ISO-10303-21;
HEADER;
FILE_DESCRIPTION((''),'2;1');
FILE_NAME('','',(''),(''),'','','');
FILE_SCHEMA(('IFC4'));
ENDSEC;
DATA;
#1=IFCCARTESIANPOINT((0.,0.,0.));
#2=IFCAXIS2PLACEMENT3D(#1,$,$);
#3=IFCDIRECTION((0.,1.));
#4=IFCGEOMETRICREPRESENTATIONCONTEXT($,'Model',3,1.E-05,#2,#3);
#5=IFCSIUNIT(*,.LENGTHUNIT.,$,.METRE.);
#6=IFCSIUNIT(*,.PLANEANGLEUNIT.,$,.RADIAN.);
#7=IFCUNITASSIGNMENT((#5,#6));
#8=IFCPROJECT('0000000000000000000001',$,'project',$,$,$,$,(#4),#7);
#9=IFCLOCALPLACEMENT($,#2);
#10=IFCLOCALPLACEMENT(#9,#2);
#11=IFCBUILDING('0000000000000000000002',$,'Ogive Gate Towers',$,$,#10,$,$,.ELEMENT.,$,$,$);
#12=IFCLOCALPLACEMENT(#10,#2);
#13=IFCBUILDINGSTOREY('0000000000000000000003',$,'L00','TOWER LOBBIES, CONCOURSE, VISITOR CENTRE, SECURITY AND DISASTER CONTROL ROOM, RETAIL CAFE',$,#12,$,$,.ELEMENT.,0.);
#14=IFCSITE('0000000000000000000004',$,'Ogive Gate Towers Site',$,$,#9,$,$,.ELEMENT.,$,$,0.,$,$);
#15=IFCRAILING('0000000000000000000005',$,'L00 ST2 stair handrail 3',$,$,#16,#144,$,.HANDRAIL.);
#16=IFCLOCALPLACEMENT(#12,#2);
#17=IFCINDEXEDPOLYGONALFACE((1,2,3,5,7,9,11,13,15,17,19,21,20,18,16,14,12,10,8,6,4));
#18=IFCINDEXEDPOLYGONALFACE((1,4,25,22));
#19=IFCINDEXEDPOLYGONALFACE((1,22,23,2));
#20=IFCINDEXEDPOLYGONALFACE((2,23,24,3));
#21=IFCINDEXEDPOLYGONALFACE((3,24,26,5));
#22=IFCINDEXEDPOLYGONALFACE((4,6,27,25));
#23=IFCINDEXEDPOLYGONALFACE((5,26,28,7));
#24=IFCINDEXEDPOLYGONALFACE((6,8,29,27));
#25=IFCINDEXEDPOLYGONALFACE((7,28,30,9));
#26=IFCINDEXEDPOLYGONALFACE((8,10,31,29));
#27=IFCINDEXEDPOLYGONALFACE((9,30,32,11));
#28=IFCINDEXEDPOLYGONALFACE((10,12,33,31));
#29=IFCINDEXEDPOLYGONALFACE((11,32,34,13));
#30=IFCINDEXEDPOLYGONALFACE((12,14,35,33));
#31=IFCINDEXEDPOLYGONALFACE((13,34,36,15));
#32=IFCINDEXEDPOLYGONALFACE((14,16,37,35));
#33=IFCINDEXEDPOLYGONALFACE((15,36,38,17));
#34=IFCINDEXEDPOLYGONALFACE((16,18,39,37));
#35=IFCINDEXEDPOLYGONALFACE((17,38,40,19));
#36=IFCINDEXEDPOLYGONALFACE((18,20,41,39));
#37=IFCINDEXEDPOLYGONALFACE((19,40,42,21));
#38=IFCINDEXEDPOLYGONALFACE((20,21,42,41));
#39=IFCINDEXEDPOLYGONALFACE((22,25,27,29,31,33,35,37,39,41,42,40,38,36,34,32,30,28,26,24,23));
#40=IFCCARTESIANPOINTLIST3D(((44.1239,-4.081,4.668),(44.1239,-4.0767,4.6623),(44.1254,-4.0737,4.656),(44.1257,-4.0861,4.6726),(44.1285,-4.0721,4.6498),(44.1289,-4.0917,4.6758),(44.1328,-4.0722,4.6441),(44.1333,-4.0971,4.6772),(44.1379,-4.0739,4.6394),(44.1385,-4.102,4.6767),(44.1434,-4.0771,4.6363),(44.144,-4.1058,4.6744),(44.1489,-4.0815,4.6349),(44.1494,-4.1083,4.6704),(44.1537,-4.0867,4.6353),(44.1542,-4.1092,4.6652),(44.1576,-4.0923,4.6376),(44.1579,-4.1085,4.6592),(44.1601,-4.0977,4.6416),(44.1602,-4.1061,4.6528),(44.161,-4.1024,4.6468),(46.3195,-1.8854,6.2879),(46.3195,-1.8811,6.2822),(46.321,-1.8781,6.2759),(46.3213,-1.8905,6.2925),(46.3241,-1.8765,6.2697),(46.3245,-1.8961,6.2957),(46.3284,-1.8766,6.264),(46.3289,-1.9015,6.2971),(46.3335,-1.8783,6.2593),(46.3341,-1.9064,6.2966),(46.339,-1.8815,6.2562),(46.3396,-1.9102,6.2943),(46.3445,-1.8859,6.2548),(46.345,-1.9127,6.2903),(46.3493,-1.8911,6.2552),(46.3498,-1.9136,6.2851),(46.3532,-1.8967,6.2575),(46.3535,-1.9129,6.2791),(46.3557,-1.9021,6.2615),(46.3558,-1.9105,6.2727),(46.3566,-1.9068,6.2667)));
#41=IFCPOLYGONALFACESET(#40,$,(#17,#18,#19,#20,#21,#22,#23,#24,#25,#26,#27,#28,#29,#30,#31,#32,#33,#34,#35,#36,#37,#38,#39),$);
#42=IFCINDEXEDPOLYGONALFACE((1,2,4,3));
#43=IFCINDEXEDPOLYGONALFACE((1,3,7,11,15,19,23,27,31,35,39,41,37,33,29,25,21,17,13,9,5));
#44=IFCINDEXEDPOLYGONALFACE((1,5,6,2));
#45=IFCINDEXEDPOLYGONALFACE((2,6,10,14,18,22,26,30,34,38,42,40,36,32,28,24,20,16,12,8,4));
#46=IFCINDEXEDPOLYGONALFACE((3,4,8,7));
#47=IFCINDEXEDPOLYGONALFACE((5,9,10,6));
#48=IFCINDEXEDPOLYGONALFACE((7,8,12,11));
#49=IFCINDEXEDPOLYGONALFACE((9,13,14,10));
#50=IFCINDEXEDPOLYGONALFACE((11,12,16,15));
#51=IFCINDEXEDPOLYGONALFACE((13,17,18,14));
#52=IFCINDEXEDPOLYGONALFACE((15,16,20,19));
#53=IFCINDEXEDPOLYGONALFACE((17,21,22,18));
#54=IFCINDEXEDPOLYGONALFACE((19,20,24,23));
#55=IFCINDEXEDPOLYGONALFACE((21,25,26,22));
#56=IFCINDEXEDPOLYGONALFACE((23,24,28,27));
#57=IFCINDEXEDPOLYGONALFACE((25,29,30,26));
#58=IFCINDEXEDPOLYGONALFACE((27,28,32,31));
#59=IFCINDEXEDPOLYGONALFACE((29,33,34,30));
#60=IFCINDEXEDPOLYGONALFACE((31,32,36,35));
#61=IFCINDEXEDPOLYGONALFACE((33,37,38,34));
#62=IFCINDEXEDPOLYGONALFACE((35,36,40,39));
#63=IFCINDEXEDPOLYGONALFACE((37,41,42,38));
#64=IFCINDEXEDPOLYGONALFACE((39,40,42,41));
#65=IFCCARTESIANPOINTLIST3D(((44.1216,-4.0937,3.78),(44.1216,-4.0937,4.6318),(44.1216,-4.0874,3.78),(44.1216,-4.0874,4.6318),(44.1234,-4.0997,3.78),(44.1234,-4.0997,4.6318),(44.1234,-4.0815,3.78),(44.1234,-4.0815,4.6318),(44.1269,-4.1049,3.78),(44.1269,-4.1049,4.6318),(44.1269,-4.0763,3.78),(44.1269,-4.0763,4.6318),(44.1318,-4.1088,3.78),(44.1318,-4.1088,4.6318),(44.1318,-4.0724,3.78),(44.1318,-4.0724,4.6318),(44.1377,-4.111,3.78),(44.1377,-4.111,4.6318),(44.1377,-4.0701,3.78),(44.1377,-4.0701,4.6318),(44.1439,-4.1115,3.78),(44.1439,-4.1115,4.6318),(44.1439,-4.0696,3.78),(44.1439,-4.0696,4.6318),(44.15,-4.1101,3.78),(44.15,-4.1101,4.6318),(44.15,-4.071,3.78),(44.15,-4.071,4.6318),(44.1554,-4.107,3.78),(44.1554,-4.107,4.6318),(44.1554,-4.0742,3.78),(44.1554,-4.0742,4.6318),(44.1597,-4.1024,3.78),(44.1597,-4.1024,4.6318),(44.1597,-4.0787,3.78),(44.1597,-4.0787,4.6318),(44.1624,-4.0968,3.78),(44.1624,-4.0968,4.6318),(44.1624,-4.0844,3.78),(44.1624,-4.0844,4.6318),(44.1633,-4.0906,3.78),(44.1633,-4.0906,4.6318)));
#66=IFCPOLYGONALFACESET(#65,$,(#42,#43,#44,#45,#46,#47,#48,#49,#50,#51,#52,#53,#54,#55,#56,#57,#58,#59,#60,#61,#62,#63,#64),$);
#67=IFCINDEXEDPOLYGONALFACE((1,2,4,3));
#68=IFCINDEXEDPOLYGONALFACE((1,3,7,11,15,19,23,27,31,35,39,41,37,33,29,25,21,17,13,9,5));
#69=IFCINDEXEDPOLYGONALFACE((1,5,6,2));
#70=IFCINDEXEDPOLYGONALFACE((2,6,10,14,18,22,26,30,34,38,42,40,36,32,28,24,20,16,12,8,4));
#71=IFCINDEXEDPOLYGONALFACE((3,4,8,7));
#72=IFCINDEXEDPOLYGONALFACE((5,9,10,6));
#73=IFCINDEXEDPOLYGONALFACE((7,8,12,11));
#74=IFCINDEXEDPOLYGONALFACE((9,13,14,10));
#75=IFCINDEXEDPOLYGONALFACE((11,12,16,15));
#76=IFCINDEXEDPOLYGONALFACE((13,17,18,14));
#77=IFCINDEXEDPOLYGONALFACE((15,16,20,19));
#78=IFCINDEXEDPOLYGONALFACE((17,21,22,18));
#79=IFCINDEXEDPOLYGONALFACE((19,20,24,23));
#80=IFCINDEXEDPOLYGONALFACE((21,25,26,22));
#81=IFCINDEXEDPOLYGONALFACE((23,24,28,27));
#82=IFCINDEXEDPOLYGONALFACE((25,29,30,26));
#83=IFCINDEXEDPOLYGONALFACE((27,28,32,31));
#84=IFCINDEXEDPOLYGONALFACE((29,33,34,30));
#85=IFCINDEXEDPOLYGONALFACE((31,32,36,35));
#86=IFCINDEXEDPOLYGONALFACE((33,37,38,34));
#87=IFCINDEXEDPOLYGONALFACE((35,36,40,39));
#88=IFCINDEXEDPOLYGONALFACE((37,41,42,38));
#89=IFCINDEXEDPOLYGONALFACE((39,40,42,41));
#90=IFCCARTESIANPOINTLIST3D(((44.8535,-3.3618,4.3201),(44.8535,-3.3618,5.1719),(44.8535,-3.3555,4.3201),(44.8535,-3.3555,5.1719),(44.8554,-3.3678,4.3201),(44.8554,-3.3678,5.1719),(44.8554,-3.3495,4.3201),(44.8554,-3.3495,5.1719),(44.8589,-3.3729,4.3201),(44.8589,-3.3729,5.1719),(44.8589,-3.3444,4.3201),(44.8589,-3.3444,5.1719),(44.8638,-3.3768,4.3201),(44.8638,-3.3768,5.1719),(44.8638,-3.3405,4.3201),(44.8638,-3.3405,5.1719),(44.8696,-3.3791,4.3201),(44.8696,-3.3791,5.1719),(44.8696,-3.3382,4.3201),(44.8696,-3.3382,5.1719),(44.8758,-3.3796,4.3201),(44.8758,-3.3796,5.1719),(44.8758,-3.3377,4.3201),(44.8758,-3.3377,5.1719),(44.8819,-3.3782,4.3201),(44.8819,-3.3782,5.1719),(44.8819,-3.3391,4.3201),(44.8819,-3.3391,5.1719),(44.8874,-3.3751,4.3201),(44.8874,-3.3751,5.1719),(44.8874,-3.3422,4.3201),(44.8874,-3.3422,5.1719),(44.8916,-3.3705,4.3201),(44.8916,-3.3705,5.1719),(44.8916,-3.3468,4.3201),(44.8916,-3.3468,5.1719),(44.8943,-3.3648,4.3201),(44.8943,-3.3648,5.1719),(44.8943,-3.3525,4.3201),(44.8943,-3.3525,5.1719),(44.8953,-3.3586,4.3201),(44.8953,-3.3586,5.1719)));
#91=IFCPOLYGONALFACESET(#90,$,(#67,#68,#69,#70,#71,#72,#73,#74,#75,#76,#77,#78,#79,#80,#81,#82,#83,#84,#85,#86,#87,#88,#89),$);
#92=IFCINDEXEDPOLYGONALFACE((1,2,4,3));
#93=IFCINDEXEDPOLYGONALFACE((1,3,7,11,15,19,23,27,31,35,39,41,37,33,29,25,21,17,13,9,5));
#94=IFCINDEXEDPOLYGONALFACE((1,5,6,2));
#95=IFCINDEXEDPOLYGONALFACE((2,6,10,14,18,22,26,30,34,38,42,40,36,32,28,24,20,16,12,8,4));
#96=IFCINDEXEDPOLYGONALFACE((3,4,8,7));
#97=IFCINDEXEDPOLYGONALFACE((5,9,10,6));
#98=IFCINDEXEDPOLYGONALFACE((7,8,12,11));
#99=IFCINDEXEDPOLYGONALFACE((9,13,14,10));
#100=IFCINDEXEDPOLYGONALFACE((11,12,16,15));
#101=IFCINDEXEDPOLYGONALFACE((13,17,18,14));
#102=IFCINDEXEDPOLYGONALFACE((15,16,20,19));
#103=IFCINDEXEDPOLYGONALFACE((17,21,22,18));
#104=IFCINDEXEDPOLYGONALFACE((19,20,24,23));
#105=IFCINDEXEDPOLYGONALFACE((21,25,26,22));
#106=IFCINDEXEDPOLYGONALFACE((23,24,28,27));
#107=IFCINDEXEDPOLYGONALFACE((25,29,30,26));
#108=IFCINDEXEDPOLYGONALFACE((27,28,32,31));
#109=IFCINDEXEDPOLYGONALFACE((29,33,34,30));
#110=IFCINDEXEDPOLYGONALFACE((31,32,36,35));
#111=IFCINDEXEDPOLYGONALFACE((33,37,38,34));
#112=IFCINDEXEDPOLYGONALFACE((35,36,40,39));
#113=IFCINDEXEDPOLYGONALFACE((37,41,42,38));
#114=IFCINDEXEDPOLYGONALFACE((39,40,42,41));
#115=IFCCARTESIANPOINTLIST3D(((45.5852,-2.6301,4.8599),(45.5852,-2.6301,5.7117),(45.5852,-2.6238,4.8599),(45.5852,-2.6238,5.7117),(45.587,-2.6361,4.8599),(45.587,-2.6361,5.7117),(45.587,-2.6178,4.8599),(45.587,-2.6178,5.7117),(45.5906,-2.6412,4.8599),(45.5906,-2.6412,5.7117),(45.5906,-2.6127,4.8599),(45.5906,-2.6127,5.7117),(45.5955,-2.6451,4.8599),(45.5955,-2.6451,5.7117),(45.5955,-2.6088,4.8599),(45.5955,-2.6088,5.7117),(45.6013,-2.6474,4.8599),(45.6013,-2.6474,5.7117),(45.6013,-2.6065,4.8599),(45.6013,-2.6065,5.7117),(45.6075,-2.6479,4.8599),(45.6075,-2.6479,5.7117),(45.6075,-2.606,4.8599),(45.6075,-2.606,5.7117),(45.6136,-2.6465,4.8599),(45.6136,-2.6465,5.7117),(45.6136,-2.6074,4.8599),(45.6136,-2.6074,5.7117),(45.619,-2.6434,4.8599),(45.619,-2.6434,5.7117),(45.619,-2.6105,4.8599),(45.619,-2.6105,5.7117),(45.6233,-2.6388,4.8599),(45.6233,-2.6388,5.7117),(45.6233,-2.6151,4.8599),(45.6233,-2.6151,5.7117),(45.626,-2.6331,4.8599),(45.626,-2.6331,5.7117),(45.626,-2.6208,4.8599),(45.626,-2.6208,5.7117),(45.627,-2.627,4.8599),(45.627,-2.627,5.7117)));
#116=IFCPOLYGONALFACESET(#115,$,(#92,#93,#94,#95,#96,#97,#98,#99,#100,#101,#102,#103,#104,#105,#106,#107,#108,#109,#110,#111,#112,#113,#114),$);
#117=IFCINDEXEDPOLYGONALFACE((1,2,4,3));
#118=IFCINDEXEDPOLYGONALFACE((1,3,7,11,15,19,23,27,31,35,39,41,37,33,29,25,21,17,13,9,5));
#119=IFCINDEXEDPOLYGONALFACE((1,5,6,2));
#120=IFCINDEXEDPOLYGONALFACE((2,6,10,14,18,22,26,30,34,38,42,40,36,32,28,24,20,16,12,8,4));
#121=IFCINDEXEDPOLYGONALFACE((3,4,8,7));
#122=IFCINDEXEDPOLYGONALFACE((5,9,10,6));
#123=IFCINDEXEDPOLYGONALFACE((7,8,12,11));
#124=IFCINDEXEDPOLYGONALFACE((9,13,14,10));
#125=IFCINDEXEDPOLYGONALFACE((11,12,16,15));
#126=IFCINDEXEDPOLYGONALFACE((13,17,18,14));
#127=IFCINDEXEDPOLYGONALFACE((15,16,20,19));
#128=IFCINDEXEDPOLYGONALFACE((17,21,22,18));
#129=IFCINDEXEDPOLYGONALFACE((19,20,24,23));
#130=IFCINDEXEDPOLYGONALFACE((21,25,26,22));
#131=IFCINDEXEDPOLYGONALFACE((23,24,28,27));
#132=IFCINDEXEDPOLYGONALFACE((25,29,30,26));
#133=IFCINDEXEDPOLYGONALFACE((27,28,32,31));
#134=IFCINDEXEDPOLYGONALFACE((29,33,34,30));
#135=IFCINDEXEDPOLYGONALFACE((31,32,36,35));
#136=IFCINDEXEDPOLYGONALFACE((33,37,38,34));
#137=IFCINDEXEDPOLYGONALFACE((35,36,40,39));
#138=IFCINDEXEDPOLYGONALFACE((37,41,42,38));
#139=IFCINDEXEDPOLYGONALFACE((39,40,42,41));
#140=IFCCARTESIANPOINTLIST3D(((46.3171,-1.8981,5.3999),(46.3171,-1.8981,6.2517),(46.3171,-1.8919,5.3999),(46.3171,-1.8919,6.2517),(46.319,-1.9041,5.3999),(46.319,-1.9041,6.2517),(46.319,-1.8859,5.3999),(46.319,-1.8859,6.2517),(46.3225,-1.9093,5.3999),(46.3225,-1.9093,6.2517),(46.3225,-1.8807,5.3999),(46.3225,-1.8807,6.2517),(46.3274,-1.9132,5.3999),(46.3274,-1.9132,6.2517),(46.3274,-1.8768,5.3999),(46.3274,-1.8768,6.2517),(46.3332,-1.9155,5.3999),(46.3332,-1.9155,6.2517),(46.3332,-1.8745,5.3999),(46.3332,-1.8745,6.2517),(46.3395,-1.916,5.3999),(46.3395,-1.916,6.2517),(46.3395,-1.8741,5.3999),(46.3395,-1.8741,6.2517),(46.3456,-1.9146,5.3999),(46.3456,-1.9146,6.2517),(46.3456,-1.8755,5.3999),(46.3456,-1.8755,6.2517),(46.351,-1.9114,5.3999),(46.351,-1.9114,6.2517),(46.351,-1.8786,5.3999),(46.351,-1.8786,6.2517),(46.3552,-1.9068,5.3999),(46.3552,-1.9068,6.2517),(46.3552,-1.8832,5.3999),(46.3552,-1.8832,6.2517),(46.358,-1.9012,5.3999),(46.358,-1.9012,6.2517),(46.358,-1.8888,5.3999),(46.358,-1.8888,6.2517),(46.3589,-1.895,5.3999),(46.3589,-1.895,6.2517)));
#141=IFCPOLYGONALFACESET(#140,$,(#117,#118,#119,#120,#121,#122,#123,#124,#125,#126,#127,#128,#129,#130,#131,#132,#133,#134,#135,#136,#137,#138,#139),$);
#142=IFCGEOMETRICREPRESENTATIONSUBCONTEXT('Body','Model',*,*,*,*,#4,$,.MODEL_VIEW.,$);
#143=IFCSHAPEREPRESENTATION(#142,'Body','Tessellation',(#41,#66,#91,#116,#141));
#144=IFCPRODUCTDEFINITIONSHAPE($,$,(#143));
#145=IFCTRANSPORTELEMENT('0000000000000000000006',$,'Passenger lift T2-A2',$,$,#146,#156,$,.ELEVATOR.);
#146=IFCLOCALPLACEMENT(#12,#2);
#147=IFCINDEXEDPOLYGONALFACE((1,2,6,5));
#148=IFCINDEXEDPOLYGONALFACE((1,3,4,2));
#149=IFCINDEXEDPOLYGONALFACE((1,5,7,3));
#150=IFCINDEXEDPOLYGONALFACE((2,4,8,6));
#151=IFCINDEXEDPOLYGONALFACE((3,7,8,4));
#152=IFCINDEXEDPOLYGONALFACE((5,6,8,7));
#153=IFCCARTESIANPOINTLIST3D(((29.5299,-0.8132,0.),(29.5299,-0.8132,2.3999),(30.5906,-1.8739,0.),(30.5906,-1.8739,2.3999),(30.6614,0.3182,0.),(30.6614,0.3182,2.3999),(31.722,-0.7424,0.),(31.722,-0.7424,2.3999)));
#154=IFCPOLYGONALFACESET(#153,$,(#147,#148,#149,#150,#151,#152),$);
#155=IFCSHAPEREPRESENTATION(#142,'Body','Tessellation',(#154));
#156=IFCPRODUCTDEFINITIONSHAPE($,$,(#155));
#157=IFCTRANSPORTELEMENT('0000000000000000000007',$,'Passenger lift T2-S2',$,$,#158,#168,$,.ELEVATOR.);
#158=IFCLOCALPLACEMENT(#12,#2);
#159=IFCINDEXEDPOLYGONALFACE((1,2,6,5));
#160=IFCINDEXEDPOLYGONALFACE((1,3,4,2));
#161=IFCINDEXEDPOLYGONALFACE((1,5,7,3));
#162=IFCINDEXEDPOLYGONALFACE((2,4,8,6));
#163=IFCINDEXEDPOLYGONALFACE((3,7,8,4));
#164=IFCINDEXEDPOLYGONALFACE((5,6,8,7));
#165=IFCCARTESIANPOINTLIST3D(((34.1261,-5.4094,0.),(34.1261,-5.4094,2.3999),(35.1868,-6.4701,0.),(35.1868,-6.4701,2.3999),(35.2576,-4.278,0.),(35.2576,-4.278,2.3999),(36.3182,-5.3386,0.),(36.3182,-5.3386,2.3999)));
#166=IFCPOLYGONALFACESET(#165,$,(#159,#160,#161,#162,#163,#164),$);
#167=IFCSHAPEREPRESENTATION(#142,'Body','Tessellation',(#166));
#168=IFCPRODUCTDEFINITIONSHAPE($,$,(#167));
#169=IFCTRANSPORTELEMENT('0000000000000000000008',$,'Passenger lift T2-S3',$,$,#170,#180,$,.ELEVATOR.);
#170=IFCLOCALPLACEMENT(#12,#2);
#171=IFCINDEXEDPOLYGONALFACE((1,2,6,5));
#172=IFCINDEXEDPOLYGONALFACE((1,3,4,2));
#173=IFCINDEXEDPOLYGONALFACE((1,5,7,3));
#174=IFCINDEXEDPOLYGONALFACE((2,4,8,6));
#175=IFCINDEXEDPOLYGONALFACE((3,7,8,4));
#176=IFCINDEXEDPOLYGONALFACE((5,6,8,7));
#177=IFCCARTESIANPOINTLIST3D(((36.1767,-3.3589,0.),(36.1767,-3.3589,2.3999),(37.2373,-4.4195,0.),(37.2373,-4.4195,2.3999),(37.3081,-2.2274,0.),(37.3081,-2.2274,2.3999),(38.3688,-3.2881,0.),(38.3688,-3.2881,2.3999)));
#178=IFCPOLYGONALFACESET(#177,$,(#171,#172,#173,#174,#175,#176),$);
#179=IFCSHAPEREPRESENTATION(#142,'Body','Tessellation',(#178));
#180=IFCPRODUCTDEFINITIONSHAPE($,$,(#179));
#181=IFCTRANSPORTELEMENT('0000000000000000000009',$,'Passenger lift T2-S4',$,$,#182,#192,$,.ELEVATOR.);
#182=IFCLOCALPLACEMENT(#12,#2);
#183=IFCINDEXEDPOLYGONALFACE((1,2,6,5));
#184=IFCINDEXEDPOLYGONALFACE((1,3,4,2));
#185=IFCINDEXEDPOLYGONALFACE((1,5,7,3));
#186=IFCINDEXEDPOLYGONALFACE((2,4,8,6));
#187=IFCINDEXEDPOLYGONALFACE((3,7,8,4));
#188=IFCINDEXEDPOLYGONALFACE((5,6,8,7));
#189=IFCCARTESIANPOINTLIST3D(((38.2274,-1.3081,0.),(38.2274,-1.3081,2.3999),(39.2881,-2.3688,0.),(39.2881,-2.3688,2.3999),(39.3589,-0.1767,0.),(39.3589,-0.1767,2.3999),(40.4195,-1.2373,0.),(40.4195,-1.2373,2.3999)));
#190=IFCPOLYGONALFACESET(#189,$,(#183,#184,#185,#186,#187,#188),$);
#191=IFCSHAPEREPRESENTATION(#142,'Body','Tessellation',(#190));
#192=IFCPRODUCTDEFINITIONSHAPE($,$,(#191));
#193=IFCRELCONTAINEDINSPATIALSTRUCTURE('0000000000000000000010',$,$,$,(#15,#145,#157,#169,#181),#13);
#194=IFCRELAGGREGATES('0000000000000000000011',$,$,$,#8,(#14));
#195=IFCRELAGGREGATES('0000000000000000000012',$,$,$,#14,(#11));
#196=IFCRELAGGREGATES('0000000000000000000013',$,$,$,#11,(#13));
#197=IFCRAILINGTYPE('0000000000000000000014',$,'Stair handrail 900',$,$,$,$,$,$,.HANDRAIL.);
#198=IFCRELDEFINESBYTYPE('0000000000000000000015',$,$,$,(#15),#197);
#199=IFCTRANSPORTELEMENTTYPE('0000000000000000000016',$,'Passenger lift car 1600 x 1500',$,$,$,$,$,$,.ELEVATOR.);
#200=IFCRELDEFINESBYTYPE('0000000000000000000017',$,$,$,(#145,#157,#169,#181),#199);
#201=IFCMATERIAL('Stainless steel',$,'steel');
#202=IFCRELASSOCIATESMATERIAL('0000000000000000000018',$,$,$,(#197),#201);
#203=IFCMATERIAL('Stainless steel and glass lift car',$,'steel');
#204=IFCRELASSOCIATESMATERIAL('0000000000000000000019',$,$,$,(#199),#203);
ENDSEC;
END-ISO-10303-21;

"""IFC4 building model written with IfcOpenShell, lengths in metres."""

from ifc_helpers import new_model, si_unit, direction, frame, origin, origin_2d, place, context, subcontext, project, spatial, rectangle, circle, extrude, material, type_object, element, save


model = new_model("IFC4")

# Units and contexts
model_context = context("Model", 3, precision=1e-05, world=origin(), true_north=direction((0.0, 1.0)))
body_context = subcontext(model_context, "Body", "Model", "MODEL_VIEW")
ifc_project = project(units=[si_unit("LENGTHUNIT", "METRE"), si_unit("PLANEANGLEUNIT", "RADIAN")], contexts=[model_context])

# Site, building, storey
site_placement = place(None, origin())
site = spatial("IfcSite", under=ifc_project, at=site_placement, Name="Ogive Gate Towers Site", CompositionType="ELEMENT", RefElevation=0.0)
building_placement = place(site_placement, origin())
building = spatial("IfcBuilding", under=site, at=building_placement, Name="Ogive Gate Towers", CompositionType="ELEMENT")
storey_placement = place(building_placement, origin())
storey = spatial("IfcBuildingStorey", under=building, at=storey_placement, Name="L00", Description="TOWER LOBBIES, CONCOURSE, VISITOR CENTRE, SECURITY AND DISASTER CONTROL ROOM, RETAIL CAFE", CompositionType="ELEMENT", Elevation=0.0)

# Railing
ifc_material_1 = material(Name="Stainless steel", Category="steel")
railing_type_1 = type_object("IfcRailingType", Name="Stair handrail 900", PredefinedType="HANDRAIL", material=ifc_material_1)
railing_1_placement = place(storey_placement, frame((44.1423, -4.0906, 3.78)))
element("IfcRailing", 1, at=railing_1_placement, inside=storey, type_object=railing_type_1, Name="L00 ST2 stair handrail 3", PredefinedType="HANDRAIL", context=body_context, shape_type="SweptSolid", body=[
    extrude(circle(Radius=0.0239, at=origin_2d()), frame((0.0, 0.0, 0.876), z_axis=(0.62692, 0.62692, 0.462539), x_axis=(-0.707107, 0.707107, 0.0)), (0.0, 0.0, 1.0), 3.5022),
    extrude(circle(Radius=0.021, at=origin_2d()), origin(), (0.0, 0.0, 1.0), 0.8518),
    extrude(circle(Radius=0.021, at=origin_2d()), frame((0.7319, 0.7319, 0.54)), (0.0, 0.0, 1.0), 0.8518),
    extrude(circle(Radius=0.021, at=origin_2d()), frame((1.4636, 1.4636, 1.0798)), (0.0, 0.0, 1.0), 0.8518),
    extrude(circle(Radius=0.021, at=origin_2d()), frame((2.1956, 2.1956, 1.6199)), (0.0, 0.0, 1.0), 0.8518),
])

# Transport elements
ifc_material_2 = material(Name="Stainless steel and glass lift car", Category="steel")
transport_element_type = type_object("IfcTransportElementType", Name="Passenger lift car 1600 x 1500", PredefinedType="ELEVATOR", material=ifc_material_2)
for number, where, z_axis, x_axis, name in (
    (2, (30.626, -0.7778, 0.0), (0.0, 0.0, 1.0), (0.707107, 0.707107, 0.0), "Passenger lift T2-A2"),
    (3, (35.2222, -5.374, 0.0), (0.0, 0.0, 1.0), (0.707107, 0.707107, 0.0), "Passenger lift T2-S2"),
    (4, (37.2727, -3.3235, 0.0), (0.0, 0.0, 1.0), (0.707107, 0.707107, 0.0), "Passenger lift T2-S3"),
    (5, (39.3235, -1.2727, 0.0), (0.0, 0.0, 1.0), (0.707107, 0.707107, 0.0), "Passenger lift T2-S4"),
):
    element("IfcTransportElement", number, at=place(storey_placement, frame(where, z_axis=z_axis, x_axis=x_axis)), inside=storey, type_object=transport_element_type, Name=name, PredefinedType="ELEVATOR", context=body_context, shape_type="SweptSolid", body=[
        extrude(rectangle(XDim=1.6001, YDim=1.5, at=origin_2d()), origin(), (0.0, 0.0, 1.0), 2.3999),
    ])

save(model, "model.ifc")
